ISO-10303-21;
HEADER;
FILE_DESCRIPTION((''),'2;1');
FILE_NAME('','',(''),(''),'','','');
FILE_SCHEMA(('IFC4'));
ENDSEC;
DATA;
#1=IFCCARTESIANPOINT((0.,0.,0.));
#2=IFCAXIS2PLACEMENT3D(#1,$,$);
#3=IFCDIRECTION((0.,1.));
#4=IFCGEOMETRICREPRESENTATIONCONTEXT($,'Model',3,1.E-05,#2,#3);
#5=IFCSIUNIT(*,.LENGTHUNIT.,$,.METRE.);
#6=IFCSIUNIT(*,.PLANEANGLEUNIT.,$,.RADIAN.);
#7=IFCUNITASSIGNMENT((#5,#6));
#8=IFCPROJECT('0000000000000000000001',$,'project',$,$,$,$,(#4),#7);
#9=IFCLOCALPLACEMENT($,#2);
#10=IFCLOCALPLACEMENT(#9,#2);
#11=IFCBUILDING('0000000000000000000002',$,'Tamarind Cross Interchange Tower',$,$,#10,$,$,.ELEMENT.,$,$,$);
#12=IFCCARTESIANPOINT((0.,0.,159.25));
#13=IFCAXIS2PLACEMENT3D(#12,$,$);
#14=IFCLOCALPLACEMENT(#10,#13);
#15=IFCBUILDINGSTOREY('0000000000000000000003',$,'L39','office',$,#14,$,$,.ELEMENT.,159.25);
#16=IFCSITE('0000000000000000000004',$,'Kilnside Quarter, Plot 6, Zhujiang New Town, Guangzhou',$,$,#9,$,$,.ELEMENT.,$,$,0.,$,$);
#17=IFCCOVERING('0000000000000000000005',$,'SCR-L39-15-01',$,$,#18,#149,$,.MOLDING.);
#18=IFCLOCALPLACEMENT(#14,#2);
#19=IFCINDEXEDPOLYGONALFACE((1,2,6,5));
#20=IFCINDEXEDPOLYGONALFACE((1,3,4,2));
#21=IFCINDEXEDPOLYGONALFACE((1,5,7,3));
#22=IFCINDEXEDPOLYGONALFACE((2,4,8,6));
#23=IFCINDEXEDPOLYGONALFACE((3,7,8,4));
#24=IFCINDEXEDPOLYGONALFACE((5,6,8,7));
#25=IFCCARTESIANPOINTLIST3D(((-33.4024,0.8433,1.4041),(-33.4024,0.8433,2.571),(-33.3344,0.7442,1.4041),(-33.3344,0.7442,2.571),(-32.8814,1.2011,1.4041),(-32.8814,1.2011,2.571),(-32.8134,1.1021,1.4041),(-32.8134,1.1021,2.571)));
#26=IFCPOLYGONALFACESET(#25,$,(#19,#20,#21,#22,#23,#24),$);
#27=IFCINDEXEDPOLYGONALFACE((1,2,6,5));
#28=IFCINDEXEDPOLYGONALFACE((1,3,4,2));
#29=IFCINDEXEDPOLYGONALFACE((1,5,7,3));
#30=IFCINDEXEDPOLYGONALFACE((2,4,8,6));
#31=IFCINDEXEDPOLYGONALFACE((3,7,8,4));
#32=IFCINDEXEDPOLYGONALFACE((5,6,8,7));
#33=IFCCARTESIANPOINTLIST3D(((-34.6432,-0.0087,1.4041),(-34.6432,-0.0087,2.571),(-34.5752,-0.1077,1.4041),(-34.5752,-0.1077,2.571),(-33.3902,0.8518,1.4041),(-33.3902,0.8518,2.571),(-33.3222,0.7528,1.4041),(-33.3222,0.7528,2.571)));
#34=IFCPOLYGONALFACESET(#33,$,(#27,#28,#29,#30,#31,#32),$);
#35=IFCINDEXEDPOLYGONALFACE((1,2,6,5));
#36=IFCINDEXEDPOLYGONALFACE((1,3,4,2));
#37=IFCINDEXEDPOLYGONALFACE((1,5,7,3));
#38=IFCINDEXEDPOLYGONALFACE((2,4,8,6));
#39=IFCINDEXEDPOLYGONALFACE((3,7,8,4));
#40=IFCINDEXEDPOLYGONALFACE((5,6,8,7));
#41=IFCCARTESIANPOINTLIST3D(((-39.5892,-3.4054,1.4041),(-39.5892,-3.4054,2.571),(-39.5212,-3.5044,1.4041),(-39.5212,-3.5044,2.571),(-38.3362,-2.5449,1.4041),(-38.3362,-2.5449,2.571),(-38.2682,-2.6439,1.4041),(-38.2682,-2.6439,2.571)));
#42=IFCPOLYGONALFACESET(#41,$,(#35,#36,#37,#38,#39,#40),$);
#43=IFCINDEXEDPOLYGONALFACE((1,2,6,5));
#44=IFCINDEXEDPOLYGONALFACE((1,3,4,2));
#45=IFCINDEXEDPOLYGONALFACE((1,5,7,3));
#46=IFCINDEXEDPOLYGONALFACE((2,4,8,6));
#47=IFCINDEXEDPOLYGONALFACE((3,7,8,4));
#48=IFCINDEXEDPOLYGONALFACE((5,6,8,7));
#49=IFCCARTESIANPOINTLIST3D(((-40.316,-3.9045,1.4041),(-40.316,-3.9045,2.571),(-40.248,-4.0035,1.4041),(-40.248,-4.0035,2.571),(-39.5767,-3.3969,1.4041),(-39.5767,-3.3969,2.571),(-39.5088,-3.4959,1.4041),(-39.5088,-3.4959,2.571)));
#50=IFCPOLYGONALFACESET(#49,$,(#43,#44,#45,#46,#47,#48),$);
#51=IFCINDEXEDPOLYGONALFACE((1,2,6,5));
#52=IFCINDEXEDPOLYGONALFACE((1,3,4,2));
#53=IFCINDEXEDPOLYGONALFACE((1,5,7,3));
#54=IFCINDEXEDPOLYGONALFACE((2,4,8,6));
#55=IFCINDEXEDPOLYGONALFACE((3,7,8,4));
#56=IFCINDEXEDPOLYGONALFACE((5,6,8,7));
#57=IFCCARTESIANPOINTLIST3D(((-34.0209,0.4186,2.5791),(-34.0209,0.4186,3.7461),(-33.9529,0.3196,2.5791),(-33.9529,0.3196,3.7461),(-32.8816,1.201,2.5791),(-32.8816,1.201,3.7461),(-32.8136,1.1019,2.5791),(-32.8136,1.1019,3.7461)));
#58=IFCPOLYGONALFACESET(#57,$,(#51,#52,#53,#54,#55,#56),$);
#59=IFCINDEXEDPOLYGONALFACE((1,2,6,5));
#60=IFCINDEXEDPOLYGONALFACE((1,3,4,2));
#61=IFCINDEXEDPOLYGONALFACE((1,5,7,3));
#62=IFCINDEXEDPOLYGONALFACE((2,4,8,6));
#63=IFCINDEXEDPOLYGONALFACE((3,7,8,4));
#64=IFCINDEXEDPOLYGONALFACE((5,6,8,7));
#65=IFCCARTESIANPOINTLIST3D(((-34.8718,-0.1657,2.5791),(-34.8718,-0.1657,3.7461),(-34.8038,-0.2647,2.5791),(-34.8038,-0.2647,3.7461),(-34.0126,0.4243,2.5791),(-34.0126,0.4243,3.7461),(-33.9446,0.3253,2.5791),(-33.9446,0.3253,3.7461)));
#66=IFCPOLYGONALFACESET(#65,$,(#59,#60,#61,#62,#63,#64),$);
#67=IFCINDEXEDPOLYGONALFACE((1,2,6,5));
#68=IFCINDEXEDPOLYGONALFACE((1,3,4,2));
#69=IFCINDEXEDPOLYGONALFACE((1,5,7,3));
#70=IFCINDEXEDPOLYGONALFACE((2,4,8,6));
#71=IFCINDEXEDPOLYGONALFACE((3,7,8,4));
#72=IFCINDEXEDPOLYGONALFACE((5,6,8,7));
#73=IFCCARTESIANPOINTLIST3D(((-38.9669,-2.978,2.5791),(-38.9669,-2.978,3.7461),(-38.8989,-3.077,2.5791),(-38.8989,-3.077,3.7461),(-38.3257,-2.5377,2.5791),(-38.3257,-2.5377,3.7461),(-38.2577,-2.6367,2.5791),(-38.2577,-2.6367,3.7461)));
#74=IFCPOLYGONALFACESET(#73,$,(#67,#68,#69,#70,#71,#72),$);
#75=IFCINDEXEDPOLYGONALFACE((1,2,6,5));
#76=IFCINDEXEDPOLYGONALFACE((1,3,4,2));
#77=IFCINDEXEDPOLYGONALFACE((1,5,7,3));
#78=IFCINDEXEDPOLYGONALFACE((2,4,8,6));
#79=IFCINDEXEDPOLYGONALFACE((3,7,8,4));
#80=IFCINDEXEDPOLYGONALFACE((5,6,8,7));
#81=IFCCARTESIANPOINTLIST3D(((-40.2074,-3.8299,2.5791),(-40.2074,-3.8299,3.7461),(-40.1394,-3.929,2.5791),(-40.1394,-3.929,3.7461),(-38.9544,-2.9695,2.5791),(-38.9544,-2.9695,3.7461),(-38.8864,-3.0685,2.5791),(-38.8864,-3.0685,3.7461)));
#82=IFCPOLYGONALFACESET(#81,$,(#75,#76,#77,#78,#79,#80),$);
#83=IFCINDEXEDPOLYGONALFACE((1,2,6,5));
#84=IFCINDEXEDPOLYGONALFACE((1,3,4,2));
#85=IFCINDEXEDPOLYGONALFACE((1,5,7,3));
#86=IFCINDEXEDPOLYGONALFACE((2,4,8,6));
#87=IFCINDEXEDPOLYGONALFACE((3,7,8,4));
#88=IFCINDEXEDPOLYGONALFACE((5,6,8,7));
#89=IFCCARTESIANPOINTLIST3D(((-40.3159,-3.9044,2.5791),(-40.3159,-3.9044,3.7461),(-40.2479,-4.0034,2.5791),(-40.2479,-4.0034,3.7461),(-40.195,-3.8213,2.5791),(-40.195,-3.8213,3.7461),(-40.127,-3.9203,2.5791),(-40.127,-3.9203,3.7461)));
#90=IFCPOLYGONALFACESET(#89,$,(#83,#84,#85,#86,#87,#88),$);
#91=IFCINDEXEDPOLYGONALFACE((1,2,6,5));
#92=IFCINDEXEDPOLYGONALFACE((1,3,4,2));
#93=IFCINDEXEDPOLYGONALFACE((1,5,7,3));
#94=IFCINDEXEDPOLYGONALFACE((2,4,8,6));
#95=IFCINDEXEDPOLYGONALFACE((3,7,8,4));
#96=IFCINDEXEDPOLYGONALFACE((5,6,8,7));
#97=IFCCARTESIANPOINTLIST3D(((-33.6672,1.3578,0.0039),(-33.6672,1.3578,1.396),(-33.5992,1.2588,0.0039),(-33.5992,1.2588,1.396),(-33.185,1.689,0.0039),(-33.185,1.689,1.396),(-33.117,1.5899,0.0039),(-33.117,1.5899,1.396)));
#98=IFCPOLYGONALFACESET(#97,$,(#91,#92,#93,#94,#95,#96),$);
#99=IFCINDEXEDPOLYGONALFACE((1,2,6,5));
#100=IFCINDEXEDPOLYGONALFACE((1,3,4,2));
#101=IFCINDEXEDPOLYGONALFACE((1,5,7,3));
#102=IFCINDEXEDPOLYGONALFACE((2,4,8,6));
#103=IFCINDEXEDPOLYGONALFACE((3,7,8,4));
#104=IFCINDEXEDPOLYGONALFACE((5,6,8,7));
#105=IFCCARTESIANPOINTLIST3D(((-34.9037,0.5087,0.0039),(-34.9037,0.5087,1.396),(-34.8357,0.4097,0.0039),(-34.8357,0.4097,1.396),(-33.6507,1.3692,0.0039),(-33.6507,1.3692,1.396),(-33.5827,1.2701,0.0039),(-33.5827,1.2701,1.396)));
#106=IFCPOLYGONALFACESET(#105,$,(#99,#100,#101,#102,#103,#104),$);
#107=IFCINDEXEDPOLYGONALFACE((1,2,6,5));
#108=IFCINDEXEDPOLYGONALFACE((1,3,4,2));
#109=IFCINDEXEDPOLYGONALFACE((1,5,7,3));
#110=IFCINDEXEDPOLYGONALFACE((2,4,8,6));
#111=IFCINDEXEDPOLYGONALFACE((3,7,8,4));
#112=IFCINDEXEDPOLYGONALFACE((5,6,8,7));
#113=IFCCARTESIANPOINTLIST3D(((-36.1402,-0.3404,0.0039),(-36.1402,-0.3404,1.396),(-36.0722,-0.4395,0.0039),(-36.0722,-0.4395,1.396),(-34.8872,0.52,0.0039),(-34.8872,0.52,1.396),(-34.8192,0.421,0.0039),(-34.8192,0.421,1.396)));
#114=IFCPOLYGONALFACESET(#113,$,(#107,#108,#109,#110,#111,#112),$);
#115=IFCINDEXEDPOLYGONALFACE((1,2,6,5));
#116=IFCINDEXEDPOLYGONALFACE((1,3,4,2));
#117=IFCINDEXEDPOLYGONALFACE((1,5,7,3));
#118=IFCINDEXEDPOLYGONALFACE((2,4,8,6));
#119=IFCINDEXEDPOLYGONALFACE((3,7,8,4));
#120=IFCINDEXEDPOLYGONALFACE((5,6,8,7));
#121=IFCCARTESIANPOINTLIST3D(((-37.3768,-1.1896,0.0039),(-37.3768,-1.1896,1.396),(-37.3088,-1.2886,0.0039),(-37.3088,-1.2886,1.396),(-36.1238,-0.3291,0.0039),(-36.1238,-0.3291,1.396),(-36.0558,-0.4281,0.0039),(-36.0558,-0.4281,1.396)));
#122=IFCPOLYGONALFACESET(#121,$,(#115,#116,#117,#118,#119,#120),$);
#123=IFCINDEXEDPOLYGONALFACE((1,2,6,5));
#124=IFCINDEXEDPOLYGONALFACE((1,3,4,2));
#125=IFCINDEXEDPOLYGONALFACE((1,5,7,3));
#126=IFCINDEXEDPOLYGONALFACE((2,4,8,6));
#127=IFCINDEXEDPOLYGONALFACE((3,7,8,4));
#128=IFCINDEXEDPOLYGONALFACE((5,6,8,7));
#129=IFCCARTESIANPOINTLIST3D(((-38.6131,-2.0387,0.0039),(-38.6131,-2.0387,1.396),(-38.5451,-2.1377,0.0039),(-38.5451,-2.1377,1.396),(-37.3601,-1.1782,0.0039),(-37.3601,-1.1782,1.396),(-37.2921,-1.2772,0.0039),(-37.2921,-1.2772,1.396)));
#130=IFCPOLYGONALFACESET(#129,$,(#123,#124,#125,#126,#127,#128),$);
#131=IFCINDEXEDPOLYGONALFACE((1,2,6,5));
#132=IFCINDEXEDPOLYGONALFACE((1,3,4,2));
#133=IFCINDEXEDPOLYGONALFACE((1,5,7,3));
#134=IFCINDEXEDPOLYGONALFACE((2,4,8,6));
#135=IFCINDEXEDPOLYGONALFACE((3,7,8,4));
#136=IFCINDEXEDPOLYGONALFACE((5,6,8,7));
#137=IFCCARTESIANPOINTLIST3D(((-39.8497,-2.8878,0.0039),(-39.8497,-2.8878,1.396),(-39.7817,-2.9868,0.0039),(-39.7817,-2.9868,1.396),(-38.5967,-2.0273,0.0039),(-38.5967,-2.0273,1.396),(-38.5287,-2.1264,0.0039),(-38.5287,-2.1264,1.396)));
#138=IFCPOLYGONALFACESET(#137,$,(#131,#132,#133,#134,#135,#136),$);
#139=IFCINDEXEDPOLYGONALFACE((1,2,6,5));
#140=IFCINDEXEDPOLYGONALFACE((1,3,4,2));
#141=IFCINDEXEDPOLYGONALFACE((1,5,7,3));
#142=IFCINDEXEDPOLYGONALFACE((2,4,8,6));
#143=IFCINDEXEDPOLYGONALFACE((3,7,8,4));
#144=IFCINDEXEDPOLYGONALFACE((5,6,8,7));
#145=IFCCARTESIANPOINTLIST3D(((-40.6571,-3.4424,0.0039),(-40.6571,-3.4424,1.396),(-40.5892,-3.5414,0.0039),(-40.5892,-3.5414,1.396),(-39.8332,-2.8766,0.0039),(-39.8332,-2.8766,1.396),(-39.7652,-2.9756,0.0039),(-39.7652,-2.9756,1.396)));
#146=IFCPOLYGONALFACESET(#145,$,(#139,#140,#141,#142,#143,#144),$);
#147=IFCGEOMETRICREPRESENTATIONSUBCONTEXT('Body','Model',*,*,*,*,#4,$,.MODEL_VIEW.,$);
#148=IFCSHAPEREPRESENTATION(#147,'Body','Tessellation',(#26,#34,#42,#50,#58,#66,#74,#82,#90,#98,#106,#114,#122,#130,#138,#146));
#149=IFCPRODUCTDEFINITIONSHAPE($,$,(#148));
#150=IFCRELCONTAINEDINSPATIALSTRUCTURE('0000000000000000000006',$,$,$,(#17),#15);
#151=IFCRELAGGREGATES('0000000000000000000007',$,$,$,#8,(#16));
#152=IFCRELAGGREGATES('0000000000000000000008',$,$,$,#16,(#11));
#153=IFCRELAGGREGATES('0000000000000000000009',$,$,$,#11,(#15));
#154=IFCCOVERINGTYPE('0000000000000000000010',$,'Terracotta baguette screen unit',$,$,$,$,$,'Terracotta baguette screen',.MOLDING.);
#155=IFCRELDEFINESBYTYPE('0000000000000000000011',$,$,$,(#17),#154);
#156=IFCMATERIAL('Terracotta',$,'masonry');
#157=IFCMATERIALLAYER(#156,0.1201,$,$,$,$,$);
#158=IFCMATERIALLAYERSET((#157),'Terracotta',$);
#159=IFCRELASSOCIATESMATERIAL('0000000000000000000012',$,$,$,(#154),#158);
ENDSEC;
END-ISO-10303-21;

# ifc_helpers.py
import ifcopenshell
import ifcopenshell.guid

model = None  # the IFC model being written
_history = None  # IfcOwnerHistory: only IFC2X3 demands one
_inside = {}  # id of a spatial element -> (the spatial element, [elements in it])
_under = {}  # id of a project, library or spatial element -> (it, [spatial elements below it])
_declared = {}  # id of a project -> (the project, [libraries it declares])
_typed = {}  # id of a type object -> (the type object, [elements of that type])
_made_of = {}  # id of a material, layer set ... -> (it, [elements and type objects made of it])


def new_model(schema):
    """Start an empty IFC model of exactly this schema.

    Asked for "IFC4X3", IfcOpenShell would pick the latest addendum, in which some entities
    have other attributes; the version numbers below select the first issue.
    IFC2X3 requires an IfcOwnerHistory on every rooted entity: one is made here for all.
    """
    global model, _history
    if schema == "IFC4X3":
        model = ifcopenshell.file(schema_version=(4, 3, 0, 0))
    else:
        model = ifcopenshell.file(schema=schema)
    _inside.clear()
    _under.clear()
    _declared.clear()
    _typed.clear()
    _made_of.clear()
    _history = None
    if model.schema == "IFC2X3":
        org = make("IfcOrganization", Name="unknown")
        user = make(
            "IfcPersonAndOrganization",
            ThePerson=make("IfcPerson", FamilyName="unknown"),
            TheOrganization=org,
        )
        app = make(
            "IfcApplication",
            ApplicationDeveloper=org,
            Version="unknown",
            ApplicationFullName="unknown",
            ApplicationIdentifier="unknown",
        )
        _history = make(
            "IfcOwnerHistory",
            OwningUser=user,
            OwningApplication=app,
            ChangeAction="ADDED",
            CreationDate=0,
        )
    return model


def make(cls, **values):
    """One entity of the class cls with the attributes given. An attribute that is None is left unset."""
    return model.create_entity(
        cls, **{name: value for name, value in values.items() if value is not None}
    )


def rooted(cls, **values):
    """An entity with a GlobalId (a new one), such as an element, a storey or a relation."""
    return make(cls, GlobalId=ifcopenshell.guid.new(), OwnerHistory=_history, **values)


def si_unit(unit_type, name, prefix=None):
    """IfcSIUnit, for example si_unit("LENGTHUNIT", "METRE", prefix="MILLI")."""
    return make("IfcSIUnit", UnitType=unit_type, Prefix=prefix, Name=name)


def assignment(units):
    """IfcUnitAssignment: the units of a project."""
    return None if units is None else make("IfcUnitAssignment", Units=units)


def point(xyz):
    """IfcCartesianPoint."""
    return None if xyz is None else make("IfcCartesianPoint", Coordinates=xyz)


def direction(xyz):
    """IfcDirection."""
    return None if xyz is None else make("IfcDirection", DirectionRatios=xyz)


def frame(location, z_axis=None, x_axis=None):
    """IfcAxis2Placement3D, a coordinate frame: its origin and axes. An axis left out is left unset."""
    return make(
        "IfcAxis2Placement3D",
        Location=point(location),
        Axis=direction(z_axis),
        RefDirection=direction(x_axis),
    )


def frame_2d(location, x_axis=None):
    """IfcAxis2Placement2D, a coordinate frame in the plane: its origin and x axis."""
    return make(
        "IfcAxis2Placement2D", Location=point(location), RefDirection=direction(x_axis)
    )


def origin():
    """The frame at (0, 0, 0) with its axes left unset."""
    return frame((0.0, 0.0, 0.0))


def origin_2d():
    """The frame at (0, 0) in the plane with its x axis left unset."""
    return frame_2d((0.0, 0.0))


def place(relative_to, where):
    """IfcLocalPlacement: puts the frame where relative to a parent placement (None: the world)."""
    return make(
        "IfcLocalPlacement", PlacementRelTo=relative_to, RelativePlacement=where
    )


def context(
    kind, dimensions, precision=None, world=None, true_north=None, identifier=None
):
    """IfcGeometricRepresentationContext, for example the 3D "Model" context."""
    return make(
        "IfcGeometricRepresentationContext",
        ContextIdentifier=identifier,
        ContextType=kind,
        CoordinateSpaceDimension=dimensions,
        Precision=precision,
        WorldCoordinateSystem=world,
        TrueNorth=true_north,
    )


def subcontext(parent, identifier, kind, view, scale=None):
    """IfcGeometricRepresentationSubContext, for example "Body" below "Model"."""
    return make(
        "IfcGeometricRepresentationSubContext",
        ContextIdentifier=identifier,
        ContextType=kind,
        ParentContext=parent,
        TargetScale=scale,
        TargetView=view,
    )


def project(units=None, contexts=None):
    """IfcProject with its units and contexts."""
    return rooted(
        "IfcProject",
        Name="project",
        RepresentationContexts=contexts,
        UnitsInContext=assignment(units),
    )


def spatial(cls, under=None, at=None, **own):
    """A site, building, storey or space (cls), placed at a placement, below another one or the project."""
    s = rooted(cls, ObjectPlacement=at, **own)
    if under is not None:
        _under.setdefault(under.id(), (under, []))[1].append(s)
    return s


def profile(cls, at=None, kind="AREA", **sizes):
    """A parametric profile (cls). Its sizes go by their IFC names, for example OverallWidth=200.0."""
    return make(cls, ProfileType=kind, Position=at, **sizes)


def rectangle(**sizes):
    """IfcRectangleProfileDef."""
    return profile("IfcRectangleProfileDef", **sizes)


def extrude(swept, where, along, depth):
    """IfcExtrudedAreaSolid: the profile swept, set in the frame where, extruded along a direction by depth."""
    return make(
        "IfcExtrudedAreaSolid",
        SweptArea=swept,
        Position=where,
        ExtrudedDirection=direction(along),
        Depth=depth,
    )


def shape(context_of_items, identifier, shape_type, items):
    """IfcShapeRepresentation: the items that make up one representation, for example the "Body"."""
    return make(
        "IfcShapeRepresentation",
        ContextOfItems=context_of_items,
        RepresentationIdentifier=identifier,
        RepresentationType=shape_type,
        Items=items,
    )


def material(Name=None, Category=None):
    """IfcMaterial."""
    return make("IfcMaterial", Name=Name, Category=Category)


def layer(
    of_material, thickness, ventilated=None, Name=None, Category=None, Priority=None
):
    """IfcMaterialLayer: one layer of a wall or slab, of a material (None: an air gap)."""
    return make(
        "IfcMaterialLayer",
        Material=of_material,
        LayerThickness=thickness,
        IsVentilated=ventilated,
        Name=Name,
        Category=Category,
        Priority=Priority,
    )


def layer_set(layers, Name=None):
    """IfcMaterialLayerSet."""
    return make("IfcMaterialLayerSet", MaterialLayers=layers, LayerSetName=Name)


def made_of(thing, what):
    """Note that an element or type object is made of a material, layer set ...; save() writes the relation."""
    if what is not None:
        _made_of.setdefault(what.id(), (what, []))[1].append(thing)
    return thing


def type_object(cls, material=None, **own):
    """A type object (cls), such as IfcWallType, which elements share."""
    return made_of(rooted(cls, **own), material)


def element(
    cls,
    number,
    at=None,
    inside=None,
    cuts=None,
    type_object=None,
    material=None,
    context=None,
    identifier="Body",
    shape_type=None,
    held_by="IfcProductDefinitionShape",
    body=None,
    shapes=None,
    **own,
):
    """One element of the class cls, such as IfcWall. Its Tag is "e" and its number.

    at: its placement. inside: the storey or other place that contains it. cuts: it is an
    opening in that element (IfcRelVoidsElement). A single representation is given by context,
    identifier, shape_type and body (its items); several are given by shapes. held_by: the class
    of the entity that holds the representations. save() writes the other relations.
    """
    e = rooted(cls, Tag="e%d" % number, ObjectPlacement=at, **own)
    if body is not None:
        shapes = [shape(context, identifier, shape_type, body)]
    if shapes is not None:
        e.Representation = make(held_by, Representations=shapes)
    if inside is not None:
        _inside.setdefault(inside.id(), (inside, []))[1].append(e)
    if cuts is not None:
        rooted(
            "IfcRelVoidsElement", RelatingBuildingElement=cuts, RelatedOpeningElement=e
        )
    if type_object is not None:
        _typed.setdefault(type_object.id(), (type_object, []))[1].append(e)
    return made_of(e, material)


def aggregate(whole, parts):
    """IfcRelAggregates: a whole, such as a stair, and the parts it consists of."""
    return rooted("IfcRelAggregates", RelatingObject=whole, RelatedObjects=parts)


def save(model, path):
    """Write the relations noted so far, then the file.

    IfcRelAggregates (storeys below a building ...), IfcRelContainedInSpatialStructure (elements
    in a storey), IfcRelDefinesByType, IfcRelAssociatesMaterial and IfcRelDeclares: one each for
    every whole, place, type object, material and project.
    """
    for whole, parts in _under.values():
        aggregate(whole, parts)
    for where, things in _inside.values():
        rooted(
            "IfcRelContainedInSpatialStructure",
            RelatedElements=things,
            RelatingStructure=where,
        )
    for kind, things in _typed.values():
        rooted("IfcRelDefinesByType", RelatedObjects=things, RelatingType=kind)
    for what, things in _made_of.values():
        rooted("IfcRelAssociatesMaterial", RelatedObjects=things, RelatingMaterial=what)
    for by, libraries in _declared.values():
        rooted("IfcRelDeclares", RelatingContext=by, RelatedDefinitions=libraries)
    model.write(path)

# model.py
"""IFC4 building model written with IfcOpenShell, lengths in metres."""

from ifc_helpers import new_model, si_unit, direction, frame, origin, origin_2d, place, context, subcontext, project, spatial, rectangle, extrude, material, layer, layer_set, type_object, element, save


model = new_model("IFC4")

# Units and contexts
model_context = context("Model", 3, precision=1e-05, world=origin(), true_north=direction((0.0, 1.0)))
body_context = subcontext(model_context, "Body", "Model", "MODEL_VIEW")
ifc_project = project(units=[si_unit("LENGTHUNIT", "METRE"), si_unit("PLANEANGLEUNIT", "RADIAN")], contexts=[model_context])

# Site, building, storey
site_placement = place(None, origin())
site = spatial("IfcSite", under=ifc_project, at=site_placement, Name="Kilnside Quarter, Plot 6, Zhujiang New Town, Guangzhou", CompositionType="ELEMENT", RefElevation=0.0)
building_placement = place(site_placement, origin())
building = spatial("IfcBuilding", under=site, at=building_placement, Name="Tamarind Cross Interchange Tower", CompositionType="ELEMENT")
storey_placement = place(building_placement, frame((0.0, 0.0, 159.25)))
storey = spatial("IfcBuildingStorey", under=building, at=storey_placement, Name="L39", Description="office", CompositionType="ELEMENT", Elevation=159.25)

# Covering
ifc_material_1 = material(Name="Terracotta", Category="masonry")
ifc_layer_1 = layer(ifc_material_1, 0.1201)
ifc_layer_set_1 = layer_set([ifc_layer_1], Name="Terracotta")
covering_type = type_object("IfcCoveringType", Name="Terracotta baguette screen unit", ElementType="Terracotta baguette screen", PredefinedType="MOLDING", material=ifc_layer_set_1)
covering_1_placement = place(storey_placement, origin())
element("IfcCovering", 1, at=covering_1_placement, inside=storey, type_object=covering_type, Name="SCR-L39-15-01", PredefinedType="MOLDING", context=body_context, shape_type="SweptSolid", body=[
    extrude(rectangle(XDim=0.6321, YDim=0.1201, at=origin_2d()), frame((-33.1079, 0.9727, 1.4041), z_axis=(0.0, 0.0, 1.0), x_axis=(-0.82434, -0.566096, 0.0)), (0.0, 0.0, 1.0), 1.167),
    extrude(rectangle(XDim=1.52, YDim=0.1201, at=origin_2d()), frame((-33.9827, 0.3721, 1.4041), z_axis=(0.0, 0.0, 1.0), x_axis=(-0.82434, -0.566096, 0.0)), (0.0, 0.0, 1.0), 1.167),
    extrude(rectangle(XDim=1.52, YDim=0.1201, at=origin_2d()), frame((-38.9287, -3.0247, 1.4041), z_axis=(0.0, 0.0, 1.0), x_axis=(-0.82434, -0.566096, 0.0)), (0.0, 0.0, 1.0), 1.167),
    extrude(rectangle(XDim=0.8967, YDim=0.1201, at=origin_2d()), frame((-39.9124, -3.7002, 1.4041), z_axis=(0.0, 0.0, 1.0), x_axis=(-0.82434, -0.566096, 0.0)), (0.0, 0.0, 1.0), 1.167),
    extrude(rectangle(XDim=1.3821, YDim=0.1201, at=origin_2d()), frame((-33.4172, 0.7603, 2.5791), z_axis=(0.0, 0.0, 1.0), x_axis=(-0.82434, -0.566096, 0.0)), (0.0, 0.0, 1.0), 1.167),
    extrude(rectangle(XDim=1.0422, YDim=0.1201, at=origin_2d()), frame((-34.4082, 0.0798, 2.5791), z_axis=(0.0, 0.0, 1.0), x_axis=(-0.82434, -0.566096, 0.0)), (0.0, 0.0, 1.0), 1.167),
    extrude(rectangle(XDim=0.7778, YDim=0.1201, at=origin_2d()), frame((-38.6123, -2.8074, 2.5791), z_axis=(0.0, 0.0, 1.0), x_axis=(-0.82434, -0.566096, 0.0)), (0.0, 0.0, 1.0), 1.167),
    extrude(rectangle(XDim=1.52, YDim=0.1201, at=origin_2d()), frame((-39.5469, -3.4492, 2.5791), z_axis=(0.0, 0.0, 1.0), x_axis=(-0.82434, -0.566096, 0.0)), (0.0, 0.0, 1.0), 1.167),
    extrude(rectangle(XDim=0.1467, YDim=0.1201, at=origin_2d()), frame((-40.2214, -3.9124, 2.5791), z_axis=(0.0, 0.0, 1.0), x_axis=(-0.82434, -0.566096, 0.0)), (0.0, 0.0, 1.0), 1.167),
    extrude(rectangle(XDim=0.585, YDim=0.1201, at=origin_2d()), frame((-33.3921, 1.4739, 0.0039), z_axis=(0.0, 0.0, 1.0), x_axis=(-0.82434, -0.566096, 0.0)), (0.0, 0.0, 1.0), 1.3921),
    extrude(rectangle(XDim=1.52, YDim=0.1201, at=origin_2d()), frame((-34.2432, 0.8894, 0.0039), z_axis=(0.0, 0.0, 1.0), x_axis=(-0.82434, -0.566096, 0.0)), (0.0, 0.0, 1.0), 1.3921),
    extrude(rectangle(XDim=1.52, YDim=0.1201, at=origin_2d()), frame((-35.4797, 0.0403, 0.0039), z_axis=(0.0, 0.0, 1.0), x_axis=(-0.82434, -0.566096, 0.0)), (0.0, 0.0, 1.0), 1.3921),
    extrude(rectangle(XDim=1.52, YDim=0.1201, at=origin_2d()), frame((-36.7163, -0.8088, 0.0039), z_axis=(0.0, 0.0, 1.0), x_axis=(-0.82434, -0.566096, 0.0)), (0.0, 0.0, 1.0), 1.3921),
    extrude(rectangle(XDim=1.52, YDim=0.1201, at=origin_2d()), frame((-37.9526, -1.658, 0.0039), z_axis=(0.0, 0.0, 1.0), x_axis=(-0.82434, -0.566096, 0.0)), (0.0, 0.0, 1.0), 1.3921),
    extrude(rectangle(XDim=1.52, YDim=0.1201, at=origin_2d()), frame((-39.1892, -2.5071, 0.0039), z_axis=(0.0, 0.0, 1.0), x_axis=(-0.82434, -0.566096, 0.0)), (0.0, 0.0, 1.0), 1.3921),
    extrude(rectangle(XDim=0.9995, YDim=0.1201, at=origin_2d()), frame((-40.2112, -3.209, 0.0039), z_axis=(0.0, 0.0, 1.0), x_axis=(-0.82434, -0.566096, 0.0)), (0.0, 0.0, 1.0), 1.3921),
])

save(model, "model.ifc")
